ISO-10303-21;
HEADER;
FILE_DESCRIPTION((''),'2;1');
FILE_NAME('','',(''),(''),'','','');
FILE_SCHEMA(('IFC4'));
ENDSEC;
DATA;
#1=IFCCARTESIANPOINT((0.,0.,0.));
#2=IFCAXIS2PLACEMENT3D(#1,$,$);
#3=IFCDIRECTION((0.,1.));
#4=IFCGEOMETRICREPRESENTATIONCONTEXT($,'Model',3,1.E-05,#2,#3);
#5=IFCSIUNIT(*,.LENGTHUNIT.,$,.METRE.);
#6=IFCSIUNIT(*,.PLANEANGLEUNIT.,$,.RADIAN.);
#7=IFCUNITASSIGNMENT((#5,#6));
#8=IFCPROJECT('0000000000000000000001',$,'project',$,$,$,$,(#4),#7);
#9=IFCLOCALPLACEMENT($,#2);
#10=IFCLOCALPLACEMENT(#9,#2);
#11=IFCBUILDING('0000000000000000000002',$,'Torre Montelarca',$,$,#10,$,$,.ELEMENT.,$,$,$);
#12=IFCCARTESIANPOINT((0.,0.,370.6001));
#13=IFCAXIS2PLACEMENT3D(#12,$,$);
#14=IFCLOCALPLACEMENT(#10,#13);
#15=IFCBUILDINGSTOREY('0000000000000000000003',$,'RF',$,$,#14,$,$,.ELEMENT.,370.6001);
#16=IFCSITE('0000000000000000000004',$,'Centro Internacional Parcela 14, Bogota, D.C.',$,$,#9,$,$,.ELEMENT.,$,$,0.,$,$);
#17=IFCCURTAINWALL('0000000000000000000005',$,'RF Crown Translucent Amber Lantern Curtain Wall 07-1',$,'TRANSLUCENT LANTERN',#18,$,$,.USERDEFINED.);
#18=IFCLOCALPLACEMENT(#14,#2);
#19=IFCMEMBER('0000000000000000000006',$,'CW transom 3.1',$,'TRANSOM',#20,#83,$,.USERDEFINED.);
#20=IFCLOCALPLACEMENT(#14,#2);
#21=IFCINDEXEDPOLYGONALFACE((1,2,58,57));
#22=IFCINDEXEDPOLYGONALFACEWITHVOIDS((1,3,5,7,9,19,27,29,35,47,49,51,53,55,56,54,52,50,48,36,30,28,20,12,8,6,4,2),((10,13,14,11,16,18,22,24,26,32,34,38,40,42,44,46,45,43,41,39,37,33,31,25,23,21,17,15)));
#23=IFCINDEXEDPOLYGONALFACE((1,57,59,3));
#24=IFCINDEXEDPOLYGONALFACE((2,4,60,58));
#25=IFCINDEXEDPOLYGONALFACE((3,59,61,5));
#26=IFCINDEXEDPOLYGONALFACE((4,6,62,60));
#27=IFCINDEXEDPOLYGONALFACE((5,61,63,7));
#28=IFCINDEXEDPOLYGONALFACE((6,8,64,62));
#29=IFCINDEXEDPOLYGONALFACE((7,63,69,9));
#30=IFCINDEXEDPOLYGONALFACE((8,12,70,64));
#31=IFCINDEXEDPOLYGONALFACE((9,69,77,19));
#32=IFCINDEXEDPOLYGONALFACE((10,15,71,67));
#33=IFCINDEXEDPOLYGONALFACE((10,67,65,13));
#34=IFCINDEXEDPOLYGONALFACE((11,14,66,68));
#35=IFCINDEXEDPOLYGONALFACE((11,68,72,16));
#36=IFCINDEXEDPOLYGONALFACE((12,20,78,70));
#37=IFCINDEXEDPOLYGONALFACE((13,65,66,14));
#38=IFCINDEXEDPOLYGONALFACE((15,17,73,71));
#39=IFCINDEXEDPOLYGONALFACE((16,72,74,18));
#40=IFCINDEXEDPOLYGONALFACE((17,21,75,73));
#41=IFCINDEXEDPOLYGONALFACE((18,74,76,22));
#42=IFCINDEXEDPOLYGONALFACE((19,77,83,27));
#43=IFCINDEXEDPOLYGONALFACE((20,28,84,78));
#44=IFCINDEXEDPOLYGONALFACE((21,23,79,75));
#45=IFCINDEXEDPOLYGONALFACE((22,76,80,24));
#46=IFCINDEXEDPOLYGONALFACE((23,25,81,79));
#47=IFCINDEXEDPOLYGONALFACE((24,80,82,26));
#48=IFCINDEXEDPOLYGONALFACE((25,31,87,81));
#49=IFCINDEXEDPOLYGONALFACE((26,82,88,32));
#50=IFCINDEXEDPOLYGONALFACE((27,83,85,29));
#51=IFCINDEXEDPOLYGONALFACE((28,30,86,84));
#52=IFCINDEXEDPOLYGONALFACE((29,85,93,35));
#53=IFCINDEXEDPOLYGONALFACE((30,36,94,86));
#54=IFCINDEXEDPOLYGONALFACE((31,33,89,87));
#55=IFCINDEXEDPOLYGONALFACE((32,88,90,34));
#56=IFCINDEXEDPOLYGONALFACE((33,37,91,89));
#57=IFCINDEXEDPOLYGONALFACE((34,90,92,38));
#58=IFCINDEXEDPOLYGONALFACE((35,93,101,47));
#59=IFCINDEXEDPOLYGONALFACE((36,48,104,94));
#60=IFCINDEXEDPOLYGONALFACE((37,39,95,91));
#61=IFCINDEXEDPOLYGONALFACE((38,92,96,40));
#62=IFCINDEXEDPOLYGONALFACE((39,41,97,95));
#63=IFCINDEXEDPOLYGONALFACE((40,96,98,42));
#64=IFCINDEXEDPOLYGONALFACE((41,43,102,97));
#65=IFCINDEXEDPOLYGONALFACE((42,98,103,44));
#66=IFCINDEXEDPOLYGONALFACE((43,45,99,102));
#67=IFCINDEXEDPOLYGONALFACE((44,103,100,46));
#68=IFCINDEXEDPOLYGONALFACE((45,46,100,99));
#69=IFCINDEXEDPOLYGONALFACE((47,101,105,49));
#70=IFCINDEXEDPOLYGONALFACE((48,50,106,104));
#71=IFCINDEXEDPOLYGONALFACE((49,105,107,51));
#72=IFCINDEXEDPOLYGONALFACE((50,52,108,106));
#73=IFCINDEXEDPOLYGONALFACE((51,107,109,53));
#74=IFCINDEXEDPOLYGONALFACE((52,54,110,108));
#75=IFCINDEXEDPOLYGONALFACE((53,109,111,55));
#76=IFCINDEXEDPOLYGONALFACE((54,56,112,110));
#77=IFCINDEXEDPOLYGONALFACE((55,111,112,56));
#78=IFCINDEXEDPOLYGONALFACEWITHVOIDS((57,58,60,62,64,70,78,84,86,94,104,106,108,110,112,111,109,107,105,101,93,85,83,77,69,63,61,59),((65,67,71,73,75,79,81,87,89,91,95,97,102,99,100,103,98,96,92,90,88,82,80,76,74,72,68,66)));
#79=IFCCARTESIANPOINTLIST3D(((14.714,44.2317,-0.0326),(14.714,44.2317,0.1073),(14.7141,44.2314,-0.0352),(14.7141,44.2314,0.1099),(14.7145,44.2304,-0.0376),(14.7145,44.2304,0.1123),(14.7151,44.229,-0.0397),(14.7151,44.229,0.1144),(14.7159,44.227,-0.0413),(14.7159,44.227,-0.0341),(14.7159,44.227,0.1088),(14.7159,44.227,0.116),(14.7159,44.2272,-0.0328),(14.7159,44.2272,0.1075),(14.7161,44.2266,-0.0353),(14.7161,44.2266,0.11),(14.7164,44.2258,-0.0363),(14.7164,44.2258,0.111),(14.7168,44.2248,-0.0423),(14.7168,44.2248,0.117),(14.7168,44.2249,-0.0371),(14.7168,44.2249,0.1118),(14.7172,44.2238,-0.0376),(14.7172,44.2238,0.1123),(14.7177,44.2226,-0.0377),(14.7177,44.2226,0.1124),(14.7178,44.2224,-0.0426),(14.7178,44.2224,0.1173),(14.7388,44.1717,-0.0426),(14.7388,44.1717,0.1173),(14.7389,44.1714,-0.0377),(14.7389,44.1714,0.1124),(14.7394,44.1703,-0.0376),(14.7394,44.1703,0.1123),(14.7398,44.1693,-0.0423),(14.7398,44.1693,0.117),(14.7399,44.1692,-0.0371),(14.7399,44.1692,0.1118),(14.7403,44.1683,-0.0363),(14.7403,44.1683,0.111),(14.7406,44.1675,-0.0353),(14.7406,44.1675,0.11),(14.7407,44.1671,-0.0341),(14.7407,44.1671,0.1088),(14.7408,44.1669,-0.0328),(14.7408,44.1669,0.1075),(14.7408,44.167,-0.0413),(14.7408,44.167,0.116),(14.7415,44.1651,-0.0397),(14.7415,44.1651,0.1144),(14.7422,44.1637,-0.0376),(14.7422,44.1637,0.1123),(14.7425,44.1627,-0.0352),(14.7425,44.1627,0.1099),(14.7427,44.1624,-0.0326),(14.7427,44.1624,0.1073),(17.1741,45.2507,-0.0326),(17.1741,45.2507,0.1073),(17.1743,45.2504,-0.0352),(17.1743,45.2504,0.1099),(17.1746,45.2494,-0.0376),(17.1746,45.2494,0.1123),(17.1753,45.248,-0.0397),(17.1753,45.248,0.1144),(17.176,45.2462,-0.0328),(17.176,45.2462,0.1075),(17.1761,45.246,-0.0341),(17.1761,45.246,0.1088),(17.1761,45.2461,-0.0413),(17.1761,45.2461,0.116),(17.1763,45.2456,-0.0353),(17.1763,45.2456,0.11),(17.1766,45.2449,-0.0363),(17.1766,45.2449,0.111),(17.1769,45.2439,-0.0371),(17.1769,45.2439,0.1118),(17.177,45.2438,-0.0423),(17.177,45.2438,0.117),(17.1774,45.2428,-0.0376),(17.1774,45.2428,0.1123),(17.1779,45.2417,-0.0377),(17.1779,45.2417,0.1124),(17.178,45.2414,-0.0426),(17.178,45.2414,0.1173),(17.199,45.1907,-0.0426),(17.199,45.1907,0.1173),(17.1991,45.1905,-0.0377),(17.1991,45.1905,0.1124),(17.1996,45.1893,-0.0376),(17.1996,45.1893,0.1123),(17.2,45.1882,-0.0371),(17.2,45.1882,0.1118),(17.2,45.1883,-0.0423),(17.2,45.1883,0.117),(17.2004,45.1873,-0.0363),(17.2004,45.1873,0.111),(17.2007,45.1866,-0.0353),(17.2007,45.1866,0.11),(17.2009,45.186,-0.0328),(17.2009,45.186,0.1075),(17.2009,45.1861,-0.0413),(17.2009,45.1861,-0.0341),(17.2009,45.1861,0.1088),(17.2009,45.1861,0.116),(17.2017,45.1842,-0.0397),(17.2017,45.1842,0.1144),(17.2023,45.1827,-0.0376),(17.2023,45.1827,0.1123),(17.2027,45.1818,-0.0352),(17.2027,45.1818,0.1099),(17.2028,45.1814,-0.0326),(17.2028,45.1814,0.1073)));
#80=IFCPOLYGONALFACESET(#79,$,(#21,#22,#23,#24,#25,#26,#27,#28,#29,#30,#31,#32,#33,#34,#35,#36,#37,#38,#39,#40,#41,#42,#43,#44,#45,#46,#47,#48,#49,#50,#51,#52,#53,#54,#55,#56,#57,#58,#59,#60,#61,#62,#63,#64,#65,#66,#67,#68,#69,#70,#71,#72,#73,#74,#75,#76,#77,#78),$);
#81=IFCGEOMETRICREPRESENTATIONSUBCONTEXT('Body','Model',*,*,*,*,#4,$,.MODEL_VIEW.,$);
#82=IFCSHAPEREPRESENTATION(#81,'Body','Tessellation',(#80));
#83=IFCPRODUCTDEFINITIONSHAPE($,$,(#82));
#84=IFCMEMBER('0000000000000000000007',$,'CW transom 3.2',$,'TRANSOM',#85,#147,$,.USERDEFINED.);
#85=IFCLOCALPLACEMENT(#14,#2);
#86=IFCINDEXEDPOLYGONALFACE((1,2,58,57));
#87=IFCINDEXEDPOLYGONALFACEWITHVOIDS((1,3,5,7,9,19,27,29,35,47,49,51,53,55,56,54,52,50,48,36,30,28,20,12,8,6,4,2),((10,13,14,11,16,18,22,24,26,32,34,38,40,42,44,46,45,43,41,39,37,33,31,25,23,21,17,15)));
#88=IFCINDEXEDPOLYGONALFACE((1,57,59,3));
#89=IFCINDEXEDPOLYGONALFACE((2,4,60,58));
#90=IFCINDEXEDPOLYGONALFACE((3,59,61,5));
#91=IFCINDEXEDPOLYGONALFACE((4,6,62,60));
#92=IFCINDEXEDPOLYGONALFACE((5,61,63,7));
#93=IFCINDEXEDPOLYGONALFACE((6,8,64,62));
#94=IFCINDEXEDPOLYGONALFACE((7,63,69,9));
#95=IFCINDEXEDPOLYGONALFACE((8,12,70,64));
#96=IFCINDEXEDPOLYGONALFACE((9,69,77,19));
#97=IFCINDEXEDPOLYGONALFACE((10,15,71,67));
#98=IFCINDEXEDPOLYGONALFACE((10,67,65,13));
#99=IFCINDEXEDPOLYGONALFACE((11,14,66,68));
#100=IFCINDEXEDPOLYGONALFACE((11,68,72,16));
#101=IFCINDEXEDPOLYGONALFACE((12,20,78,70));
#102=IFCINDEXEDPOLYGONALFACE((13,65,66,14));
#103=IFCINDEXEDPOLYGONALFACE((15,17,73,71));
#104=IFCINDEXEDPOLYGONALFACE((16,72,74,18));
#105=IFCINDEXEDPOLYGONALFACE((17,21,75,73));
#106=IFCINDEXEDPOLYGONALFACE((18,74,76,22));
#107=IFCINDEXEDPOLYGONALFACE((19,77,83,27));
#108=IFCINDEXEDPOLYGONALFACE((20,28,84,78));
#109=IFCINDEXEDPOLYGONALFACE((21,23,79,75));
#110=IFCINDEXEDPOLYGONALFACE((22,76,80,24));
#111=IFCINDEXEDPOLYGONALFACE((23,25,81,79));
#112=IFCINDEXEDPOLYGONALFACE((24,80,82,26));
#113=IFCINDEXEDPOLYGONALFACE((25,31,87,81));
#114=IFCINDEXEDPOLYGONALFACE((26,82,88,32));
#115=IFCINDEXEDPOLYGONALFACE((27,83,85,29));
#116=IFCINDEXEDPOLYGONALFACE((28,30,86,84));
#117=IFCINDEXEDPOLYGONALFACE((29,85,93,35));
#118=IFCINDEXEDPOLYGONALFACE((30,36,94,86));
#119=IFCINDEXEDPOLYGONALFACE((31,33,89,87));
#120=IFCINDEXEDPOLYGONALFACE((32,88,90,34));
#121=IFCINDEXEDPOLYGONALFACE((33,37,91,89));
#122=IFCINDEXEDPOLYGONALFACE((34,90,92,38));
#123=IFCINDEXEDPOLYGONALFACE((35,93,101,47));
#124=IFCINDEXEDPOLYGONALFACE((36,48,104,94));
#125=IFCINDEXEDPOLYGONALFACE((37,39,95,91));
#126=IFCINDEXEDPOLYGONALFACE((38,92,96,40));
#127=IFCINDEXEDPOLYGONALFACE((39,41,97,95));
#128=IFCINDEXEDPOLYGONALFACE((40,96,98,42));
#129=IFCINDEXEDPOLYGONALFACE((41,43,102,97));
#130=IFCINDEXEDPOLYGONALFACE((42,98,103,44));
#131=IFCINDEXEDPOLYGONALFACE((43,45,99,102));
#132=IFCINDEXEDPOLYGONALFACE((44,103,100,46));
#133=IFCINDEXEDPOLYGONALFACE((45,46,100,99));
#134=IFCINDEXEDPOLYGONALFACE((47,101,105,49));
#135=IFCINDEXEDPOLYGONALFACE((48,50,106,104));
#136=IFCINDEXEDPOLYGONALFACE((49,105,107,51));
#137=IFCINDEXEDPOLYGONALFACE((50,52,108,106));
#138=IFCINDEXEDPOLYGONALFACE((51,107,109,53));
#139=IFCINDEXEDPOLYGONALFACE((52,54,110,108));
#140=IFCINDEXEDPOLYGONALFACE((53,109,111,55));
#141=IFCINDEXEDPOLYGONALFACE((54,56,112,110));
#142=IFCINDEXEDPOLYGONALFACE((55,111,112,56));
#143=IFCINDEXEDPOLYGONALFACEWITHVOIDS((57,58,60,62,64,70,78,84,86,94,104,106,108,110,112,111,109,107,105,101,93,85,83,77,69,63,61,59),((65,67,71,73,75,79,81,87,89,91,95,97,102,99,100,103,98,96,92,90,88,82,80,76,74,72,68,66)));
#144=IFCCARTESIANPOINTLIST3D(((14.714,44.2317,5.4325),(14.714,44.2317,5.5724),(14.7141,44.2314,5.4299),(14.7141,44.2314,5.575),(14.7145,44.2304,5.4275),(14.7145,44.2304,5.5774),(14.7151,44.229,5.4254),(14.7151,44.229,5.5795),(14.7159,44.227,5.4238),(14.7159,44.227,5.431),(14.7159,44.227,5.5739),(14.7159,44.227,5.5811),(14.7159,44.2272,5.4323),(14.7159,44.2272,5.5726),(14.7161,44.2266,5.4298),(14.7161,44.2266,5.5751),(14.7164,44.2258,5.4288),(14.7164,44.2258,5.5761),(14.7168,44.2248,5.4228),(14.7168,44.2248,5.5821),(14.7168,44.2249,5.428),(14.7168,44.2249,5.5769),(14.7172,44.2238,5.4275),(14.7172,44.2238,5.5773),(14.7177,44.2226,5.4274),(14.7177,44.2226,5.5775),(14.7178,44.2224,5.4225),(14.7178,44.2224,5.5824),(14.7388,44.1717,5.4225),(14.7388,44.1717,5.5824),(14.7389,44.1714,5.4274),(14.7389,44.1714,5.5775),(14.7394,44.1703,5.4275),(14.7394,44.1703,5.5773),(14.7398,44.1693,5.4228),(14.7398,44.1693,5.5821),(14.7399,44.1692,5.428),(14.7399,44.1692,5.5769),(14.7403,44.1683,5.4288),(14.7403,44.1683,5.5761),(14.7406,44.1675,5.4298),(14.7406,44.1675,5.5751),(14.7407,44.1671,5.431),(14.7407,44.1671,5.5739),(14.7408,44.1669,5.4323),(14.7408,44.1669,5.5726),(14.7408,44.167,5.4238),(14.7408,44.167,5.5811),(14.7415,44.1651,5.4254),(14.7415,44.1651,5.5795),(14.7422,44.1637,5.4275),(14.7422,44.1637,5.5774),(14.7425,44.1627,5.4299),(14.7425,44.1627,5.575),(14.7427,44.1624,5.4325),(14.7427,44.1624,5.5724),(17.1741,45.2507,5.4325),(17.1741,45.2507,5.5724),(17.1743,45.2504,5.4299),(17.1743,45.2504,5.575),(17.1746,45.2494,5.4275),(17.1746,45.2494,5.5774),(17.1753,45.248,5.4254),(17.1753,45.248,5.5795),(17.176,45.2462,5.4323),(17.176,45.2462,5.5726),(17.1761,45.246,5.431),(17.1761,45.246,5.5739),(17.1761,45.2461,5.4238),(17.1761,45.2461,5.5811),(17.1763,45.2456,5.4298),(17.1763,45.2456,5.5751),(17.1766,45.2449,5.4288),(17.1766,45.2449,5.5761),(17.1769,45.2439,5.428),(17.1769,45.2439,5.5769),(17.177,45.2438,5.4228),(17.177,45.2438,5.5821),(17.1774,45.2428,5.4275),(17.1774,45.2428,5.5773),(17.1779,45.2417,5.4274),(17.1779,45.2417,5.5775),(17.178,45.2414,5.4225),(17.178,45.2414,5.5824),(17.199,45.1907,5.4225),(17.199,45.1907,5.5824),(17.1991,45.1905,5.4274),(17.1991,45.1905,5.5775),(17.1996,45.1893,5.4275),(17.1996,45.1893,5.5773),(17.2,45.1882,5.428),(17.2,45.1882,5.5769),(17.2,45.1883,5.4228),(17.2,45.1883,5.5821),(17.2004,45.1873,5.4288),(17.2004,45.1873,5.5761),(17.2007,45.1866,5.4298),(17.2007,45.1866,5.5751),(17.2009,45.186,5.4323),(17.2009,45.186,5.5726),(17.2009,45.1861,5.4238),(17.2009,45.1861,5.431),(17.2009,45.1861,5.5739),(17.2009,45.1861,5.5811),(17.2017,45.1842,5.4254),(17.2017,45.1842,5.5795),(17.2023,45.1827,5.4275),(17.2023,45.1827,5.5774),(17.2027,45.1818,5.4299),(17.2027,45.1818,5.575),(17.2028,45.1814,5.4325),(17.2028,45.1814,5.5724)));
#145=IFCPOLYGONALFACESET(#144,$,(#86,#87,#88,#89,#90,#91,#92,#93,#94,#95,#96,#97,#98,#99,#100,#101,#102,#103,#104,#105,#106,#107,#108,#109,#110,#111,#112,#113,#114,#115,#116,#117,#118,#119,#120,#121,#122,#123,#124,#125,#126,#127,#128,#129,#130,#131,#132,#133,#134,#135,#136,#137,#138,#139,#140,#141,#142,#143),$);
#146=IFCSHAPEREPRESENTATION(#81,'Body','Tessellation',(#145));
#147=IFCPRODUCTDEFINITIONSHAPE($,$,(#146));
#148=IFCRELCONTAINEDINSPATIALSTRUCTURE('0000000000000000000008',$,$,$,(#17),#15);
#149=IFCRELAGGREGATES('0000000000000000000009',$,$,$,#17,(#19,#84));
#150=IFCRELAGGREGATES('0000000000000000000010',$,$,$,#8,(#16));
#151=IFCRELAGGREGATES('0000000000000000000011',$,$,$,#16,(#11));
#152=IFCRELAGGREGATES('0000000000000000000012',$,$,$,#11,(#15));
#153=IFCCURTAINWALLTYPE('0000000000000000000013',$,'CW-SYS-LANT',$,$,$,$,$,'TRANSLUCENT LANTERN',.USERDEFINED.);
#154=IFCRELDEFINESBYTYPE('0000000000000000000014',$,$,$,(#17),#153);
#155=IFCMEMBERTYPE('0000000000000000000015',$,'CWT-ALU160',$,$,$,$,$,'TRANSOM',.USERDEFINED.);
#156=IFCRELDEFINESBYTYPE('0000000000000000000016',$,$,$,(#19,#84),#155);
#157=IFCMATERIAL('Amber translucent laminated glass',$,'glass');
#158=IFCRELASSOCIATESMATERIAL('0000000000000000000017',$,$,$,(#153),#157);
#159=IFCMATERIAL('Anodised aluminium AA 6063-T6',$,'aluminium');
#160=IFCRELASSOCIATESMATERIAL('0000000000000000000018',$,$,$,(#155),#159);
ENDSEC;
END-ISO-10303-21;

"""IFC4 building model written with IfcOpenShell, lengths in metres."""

from ifc_helpers import new_model, si_unit, direction, frame, origin, origin_2d, place, context, subcontext, project, spatial, hollow_rectangle, extrude, source, transform, mapped, material, material_profile, profile_set, type_object, element, aggregate, save


model = new_model("IFC4")

# Units and contexts
model_context = context("Model", 3, precision=1e-05, world=origin(), true_north=direction((0.0, 1.0)))
body_context = subcontext(model_context, "Body", "Model", "MODEL_VIEW")
ifc_project = project(units=[si_unit("LENGTHUNIT", "METRE"), si_unit("PLANEANGLEUNIT", "RADIAN")], contexts=[model_context])

# Site, building, storey
site_placement = place(None, origin())
site = spatial("IfcSite", under=ifc_project, at=site_placement, Name="Centro Internacional Parcela 14, Bogota, D.C.", CompositionType="ELEMENT", RefElevation=0.0)
building_placement = place(site_placement, origin())
building = spatial("IfcBuilding", under=site, at=building_placement, Name="Torre Montelarca", CompositionType="ELEMENT")
storey_placement = place(building_placement, frame((0.0, 0.0, 370.6001)))
storey = spatial("IfcBuildingStorey", under=building, at=storey_placement, Name="RF", CompositionType="ELEMENT", Elevation=370.6001)

# Curtain wall, members
ifc_material_1 = material(Name="Amber translucent laminated glass", Category="glass")
curtain_wall_type = type_object("IfcCurtainWallType", Name="CW-SYS-LANT", ElementType="TRANSLUCENT LANTERN", PredefinedType="USERDEFINED", material=ifc_material_1)
curtain_wall_placement = place(storey_placement, origin())
curtain_wall = element("IfcCurtainWall", 1, at=curtain_wall_placement, inside=storey, type_object=curtain_wall_type, Name="RF Crown Translucent Amber Lantern Curtain Wall 07-1", ObjectType="TRANSLUCENT LANTERN", PredefinedType="USERDEFINED")
ifc_material_2 = material(Name="Anodised aluminium AA 6063-T6", Category="aluminium")
ifc_material_profile_1 = material_profile(ifc_material_2, hollow_rectangle(XDim=0.075, YDim=0.1599, WallThickness=0.0049, InnerFilletRadius=0.0049, OuterFilletRadius=0.01, at=origin_2d()), Name="ALU75X160X5", Category="aluminium")
ifc_profile_set_1 = profile_set([ifc_material_profile_1], Name="Anodised aluminium AA 6063-T6")
member_type_1 = type_object("IfcMemberType", Name="CWT-ALU160", ElementType="TRANSOM", PredefinedType="USERDEFINED", material=ifc_profile_set_1)
shared_shape_1 = source(origin(), body_context, "Body", "SweptSolid", [
    extrude(hollow_rectangle(XDim=0.075, YDim=0.1599, WallThickness=0.0049, InnerFilletRadius=0.0049, OuterFilletRadius=0.01, at=origin_2d()), origin(), (0.0, 0.0, 1.0), 2.6628),
])
member_1_placement = place(storey_placement, frame((17.1885, 45.2161, 0.0374), z_axis=(-0.923881, -0.382681, 0.0), x_axis=(0.382681, -0.923881, 0.0)))
member_1 = element("IfcMember", 2, at=member_1_placement, type_object=member_type_1, Name="CW transom 3.1", ObjectType="TRANSOM", PredefinedType="USERDEFINED", context=body_context, shape_type="MappedRepresentation", body=[
    mapped(shared_shape_1, transform((0.0, 0.0, 0.0), scale=1.0)),
])
member_2_placement = place(storey_placement, frame((17.1885, 45.2161, 5.5024), z_axis=(-0.923881, -0.382681, 0.0), x_axis=(0.382681, -0.923881, 0.0)))
member_2 = element("IfcMember", 3, at=member_2_placement, type_object=member_type_1, Name="CW transom 3.2", ObjectType="TRANSOM", PredefinedType="USERDEFINED", context=body_context, shape_type="MappedRepresentation", body=[
    mapped(shared_shape_1, transform((0.0, 0.0, 0.0), scale=1.0)),
])

aggregate(curtain_wall, [member_1, member_2])

save(model, "model.ifc")
